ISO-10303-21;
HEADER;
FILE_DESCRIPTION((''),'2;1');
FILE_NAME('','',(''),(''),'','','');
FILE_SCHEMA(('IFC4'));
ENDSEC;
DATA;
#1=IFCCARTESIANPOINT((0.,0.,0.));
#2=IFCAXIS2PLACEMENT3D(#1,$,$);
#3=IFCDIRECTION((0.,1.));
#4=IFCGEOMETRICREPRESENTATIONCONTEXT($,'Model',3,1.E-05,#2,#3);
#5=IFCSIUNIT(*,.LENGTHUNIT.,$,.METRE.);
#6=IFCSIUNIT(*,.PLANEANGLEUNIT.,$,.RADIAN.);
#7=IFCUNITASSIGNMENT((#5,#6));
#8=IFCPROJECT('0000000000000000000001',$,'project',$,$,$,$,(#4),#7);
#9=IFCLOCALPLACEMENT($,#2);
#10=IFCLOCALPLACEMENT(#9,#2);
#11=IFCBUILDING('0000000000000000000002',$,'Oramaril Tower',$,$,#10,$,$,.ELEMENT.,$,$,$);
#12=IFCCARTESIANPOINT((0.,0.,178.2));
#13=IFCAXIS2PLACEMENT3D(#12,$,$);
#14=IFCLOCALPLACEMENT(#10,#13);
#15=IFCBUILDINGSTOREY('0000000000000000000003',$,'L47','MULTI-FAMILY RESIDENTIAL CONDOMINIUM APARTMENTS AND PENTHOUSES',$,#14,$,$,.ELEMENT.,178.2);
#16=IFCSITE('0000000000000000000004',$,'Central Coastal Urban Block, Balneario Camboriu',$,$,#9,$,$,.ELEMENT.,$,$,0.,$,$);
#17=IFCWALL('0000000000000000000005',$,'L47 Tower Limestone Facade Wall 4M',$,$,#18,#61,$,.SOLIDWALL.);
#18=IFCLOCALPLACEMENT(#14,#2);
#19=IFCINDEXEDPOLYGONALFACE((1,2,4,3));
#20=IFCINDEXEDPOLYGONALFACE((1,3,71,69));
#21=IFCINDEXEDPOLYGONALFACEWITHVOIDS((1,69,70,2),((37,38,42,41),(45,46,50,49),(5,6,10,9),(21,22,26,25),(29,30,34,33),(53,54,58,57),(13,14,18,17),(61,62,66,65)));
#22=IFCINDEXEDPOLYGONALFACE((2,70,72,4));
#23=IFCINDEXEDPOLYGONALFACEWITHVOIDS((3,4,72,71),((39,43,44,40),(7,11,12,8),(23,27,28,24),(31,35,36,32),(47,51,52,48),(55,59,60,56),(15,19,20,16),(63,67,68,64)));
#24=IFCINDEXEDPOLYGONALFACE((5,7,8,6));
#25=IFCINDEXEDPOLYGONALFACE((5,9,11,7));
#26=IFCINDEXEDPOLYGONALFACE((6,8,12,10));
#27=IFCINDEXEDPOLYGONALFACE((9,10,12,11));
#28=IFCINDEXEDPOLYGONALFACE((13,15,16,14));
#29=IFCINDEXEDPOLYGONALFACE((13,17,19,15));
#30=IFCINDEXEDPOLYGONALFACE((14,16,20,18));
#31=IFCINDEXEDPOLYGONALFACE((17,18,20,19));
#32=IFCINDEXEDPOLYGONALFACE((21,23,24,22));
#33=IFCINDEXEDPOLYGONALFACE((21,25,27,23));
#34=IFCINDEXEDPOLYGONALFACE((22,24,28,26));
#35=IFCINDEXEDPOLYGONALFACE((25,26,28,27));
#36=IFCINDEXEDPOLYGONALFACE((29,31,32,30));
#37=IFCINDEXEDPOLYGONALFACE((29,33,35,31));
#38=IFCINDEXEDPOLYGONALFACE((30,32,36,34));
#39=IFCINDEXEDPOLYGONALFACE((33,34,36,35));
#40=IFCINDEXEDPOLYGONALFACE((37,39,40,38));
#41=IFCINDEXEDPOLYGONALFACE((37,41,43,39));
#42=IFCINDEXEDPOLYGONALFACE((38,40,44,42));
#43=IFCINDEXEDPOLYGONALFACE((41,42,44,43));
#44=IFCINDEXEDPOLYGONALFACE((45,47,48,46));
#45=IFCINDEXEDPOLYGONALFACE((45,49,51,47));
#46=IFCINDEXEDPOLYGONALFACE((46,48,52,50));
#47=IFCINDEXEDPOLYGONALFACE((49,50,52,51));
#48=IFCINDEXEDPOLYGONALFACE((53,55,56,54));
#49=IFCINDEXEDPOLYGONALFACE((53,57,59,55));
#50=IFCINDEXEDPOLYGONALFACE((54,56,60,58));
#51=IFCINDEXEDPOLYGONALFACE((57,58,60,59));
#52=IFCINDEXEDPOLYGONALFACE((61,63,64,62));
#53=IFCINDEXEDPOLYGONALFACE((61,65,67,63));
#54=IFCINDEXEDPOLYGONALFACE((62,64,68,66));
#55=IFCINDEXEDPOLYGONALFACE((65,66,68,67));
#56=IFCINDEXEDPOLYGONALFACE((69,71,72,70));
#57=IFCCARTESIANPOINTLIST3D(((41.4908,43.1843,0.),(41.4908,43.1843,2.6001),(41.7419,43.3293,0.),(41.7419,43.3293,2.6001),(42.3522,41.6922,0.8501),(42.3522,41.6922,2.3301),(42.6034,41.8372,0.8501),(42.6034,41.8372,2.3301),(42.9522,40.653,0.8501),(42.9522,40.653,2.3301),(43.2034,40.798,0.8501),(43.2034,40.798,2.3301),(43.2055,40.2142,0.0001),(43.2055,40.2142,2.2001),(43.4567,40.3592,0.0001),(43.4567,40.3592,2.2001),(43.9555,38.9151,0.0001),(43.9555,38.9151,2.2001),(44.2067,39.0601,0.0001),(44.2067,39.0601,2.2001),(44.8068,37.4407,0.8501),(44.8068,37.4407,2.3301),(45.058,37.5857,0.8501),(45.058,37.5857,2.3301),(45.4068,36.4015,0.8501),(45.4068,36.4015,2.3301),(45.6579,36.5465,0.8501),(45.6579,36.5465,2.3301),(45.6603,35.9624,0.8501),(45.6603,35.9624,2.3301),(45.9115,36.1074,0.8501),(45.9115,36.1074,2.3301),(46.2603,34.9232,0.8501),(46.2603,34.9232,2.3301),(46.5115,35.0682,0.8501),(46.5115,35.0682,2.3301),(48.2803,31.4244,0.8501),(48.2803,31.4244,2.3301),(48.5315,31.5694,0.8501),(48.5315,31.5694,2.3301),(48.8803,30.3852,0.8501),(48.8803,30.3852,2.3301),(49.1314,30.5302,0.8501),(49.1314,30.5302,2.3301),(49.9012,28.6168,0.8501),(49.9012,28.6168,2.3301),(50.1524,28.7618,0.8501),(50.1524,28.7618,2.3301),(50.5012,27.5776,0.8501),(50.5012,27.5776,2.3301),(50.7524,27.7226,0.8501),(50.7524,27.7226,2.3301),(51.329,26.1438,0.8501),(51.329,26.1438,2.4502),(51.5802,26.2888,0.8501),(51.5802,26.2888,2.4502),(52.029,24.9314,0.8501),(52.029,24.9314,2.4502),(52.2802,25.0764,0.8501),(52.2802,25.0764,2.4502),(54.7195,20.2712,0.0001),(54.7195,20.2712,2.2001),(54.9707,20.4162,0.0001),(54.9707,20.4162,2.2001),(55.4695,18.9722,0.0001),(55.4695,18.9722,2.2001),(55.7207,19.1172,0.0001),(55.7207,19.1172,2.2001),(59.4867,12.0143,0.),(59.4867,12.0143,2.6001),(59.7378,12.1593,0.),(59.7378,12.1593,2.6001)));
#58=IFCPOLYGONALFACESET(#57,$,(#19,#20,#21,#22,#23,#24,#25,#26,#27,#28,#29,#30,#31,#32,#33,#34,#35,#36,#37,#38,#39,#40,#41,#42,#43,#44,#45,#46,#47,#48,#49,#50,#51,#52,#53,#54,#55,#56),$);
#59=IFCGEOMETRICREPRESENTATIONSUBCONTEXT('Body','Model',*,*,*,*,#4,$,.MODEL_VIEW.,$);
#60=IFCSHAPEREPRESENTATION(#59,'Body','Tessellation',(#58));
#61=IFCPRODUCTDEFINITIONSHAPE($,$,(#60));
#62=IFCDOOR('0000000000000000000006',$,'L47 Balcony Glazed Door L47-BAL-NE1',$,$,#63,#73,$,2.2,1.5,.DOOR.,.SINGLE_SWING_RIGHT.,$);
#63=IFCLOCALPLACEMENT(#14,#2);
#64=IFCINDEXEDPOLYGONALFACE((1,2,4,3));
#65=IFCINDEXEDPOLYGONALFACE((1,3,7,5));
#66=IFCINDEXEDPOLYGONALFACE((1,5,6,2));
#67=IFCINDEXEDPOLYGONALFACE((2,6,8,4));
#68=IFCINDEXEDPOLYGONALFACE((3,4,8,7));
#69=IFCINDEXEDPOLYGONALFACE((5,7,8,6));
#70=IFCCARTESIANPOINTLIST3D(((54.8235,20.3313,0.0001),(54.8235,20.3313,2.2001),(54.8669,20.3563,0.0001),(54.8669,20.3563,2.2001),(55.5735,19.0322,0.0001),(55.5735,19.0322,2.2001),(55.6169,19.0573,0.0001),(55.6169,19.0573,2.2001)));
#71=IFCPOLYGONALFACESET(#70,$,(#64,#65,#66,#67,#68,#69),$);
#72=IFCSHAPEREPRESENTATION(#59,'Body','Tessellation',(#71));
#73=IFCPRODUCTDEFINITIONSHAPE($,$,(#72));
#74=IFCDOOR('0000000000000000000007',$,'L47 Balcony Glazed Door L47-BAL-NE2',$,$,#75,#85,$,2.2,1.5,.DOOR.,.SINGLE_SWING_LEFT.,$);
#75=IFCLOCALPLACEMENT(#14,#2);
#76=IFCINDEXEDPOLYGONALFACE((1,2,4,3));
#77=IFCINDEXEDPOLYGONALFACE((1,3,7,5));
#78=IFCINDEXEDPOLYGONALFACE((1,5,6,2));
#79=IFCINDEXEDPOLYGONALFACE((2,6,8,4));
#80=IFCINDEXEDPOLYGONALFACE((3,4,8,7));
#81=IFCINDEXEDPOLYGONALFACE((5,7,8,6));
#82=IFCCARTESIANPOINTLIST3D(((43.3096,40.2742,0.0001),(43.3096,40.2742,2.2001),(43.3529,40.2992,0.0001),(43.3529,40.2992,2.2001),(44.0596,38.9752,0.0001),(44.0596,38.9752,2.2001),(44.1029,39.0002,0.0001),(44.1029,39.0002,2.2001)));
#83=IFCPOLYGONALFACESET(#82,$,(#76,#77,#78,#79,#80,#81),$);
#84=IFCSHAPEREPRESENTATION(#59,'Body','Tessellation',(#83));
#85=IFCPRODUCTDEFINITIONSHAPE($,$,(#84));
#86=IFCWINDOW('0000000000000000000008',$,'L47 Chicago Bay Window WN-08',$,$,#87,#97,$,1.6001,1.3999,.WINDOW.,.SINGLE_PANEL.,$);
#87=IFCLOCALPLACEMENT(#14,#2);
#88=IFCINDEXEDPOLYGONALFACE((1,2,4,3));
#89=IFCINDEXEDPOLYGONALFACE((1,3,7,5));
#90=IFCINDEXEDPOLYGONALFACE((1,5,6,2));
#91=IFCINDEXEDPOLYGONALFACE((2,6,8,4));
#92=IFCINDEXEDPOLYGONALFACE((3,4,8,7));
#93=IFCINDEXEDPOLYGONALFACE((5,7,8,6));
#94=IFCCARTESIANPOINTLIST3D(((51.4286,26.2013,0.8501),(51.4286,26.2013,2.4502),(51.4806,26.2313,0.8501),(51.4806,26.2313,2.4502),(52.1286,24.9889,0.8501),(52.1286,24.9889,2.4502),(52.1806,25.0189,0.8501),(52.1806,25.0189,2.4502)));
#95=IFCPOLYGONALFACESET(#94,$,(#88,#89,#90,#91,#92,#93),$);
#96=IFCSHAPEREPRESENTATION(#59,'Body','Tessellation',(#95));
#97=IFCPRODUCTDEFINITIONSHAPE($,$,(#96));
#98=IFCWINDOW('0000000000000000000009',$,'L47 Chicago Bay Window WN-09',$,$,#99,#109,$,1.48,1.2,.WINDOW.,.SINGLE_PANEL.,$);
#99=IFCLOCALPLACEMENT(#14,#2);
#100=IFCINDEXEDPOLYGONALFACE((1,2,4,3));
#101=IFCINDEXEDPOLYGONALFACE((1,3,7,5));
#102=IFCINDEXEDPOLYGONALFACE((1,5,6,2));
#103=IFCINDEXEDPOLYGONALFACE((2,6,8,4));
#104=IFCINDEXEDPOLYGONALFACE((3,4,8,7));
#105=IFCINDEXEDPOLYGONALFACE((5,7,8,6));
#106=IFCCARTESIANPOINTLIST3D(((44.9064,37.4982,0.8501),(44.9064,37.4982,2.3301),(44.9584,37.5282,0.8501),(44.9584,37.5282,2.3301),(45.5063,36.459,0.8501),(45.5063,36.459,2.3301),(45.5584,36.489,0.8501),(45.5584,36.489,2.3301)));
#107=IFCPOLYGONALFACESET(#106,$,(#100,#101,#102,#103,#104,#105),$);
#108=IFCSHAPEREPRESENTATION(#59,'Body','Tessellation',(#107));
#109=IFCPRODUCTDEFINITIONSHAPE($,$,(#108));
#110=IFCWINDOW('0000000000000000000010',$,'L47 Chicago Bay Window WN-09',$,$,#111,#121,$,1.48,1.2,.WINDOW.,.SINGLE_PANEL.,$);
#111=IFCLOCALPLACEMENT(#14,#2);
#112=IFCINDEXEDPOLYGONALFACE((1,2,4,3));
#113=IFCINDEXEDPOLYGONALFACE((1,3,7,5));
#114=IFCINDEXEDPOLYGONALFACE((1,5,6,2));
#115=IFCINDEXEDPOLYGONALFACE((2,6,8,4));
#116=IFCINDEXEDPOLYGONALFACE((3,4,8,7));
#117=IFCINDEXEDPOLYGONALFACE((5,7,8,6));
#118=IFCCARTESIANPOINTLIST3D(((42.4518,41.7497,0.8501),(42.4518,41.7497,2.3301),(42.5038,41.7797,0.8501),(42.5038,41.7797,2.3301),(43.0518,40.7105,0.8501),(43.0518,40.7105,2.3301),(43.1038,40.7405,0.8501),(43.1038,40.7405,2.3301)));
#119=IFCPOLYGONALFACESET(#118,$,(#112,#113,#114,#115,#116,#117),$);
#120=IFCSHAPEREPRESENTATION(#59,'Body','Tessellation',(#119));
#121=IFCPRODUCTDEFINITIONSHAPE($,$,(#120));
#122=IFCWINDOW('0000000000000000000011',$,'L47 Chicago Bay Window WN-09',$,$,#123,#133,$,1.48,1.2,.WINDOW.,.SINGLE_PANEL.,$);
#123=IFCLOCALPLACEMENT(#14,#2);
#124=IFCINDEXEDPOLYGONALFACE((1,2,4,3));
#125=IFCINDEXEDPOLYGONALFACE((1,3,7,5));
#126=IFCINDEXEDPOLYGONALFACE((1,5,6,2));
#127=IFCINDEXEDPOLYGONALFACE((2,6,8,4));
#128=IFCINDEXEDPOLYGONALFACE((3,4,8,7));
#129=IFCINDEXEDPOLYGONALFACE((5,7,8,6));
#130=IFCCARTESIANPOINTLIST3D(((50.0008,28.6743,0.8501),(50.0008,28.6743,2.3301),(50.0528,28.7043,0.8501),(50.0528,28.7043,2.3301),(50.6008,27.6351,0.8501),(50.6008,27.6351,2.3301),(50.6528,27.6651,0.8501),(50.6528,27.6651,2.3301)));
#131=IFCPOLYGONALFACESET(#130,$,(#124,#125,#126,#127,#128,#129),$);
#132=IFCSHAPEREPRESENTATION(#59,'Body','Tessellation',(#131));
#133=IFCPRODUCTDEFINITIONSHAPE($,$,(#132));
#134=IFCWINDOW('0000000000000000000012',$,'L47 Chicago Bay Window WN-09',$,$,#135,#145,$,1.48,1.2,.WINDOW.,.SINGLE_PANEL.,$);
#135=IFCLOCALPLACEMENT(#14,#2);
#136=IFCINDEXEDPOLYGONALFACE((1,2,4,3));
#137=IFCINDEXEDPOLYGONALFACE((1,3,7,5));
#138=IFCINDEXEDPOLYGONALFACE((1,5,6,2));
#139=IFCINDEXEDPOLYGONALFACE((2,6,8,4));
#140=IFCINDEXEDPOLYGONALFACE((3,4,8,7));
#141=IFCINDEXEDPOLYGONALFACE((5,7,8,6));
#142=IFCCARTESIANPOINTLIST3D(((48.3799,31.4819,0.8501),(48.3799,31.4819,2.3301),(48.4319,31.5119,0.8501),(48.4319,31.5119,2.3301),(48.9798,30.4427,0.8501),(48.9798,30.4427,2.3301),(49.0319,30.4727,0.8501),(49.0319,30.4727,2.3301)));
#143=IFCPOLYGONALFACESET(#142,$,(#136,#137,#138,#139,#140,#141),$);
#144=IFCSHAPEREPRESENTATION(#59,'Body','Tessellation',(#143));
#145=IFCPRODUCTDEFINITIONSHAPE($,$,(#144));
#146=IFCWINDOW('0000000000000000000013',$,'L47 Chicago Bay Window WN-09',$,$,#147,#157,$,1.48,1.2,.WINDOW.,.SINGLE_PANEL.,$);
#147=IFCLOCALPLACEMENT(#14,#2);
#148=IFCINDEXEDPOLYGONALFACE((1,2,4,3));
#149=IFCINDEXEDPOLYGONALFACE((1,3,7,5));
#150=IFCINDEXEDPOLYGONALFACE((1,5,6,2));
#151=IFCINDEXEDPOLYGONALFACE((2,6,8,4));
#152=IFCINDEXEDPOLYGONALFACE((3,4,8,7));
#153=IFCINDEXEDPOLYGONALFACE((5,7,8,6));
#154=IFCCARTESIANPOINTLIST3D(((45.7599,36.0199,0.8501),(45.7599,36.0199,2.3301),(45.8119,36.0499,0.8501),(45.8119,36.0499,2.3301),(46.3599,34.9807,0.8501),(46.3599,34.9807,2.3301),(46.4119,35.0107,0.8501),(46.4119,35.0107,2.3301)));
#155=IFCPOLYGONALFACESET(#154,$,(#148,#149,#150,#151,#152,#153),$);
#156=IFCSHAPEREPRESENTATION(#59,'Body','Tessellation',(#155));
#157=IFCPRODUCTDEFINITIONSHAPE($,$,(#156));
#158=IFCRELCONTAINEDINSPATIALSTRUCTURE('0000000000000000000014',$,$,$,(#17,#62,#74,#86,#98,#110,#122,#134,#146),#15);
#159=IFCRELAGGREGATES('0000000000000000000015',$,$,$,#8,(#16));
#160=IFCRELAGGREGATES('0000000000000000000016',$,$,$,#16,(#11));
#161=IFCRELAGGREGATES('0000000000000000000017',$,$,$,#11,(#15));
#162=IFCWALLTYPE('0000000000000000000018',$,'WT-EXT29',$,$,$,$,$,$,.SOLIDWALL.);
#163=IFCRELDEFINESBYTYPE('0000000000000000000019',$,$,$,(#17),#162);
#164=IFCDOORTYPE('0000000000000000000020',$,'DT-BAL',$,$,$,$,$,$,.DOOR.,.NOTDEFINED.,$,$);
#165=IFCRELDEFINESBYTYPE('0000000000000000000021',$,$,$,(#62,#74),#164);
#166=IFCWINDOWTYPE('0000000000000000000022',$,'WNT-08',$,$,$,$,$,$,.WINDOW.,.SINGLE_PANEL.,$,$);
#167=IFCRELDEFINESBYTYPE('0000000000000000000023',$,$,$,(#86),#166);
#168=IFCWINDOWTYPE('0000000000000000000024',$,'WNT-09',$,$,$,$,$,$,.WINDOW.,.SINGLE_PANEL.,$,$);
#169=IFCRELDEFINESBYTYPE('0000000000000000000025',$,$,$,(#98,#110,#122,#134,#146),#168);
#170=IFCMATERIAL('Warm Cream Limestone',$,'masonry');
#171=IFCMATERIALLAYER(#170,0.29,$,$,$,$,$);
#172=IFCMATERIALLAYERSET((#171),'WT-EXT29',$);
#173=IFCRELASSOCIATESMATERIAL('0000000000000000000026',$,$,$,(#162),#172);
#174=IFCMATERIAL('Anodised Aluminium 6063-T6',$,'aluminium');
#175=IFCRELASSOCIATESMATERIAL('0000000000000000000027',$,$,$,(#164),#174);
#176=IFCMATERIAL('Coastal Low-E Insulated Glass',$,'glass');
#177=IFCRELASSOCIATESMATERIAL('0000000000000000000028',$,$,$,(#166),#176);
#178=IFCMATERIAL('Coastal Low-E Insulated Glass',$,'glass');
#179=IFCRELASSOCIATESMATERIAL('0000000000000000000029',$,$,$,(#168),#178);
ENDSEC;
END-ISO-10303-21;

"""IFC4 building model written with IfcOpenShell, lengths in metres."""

from ifc_helpers import new_model, si_unit, direction, frame, frame_2d, origin, place, context, subcontext, project, spatial, rectangle, extrude, material, layer, layer_set, type_object, element, fill, save


model = new_model("IFC4")

# Units and contexts
model_context = context("Model", 3, precision=1e-05, world=origin(), true_north=direction((0.0, 1.0)))
body_context = subcontext(model_context, "Body", "Model", "MODEL_VIEW")
ifc_project = project(units=[si_unit("LENGTHUNIT", "METRE"), si_unit("PLANEANGLEUNIT", "RADIAN")], contexts=[model_context])

# Site, building, storey
site_placement = place(None, origin())
site = spatial("IfcSite", under=ifc_project, at=site_placement, Name="Central Coastal Urban Block, Balneario Camboriu", CompositionType="ELEMENT", RefElevation=0.0)
building_placement = place(site_placement, origin())
building = spatial("IfcBuilding", under=site, at=building_placement, Name="Oramaril Tower", CompositionType="ELEMENT")
storey_placement = place(building_placement, frame((0.0, 0.0, 178.2)))
storey = spatial("IfcBuildingStorey", under=building, at=storey_placement, Name="L47", Description="MULTI-FAMILY RESIDENTIAL CONDOMINIUM APARTMENTS AND PENTHOUSES", CompositionType="ELEMENT", Elevation=178.2)

# Wall, openings, doors, windows
ifc_material_1 = material(Name="Warm Cream Limestone", Category="masonry")
ifc_layer_1 = layer(ifc_material_1, 0.29)
ifc_layer_set_1 = layer_set([ifc_layer_1], Name="WT-EXT29")
wall_type_1 = type_object("IfcWallType", Name="WT-EXT29", PredefinedType="SOLIDWALL", material=ifc_layer_set_1)
wall_1_placement = place(storey_placement, frame((59.6123, 12.0867, 0.0), z_axis=(0.0, 0.0, 1.0), x_axis=(-0.499998, 0.866027, 0.0)))
wall_1 = element("IfcWall", 1, at=wall_1_placement, inside=storey, type_object=wall_type_1, Name="L47 Tower Limestone Facade Wall 4M", PredefinedType="SOLIDWALL", context=body_context, shape_type="SweptSolid", body=[
    extrude(rectangle(XDim=35.9919, YDim=0.29, at=frame_2d((17.9961, 0.0))), origin(), (0.0, 0.0, 1.0), 2.6001),
])
opening_1_placement = place(wall_1_placement, frame((8.0344, 0.0, 0.0)))
opening_1 = element("IfcOpeningElement", 2, at=opening_1_placement, cuts=wall_1, PredefinedType="OPENING", context=body_context, shape_type="SweptSolid", body=[
    extrude(rectangle(XDim=1.5, YDim=2.2, at=frame_2d((0.75, 1.1001))), frame((0.0, 0.145, 0.0), z_axis=(0.0, -1.0, 0.0), x_axis=(1.0, 0.0, 0.0)), (0.0, 0.0, 1.0), 0.29),
])
opening_2_placement = place(wall_1_placement, frame((31.0625, 0.0, 0.0)))
opening_2 = element("IfcOpeningElement", 3, at=opening_2_placement, cuts=wall_1, PredefinedType="OPENING", context=body_context, shape_type="SweptSolid", body=[
    extrude(rectangle(XDim=1.5, YDim=2.2, at=frame_2d((0.75, 1.1001))), frame((0.0, 0.145, 0.0), z_axis=(0.0, -1.0, 0.0), x_axis=(1.0, 0.0, 0.0)), (0.0, 0.0, 1.0), 0.29),
])
opening_3_placement = place(wall_1_placement, frame((28.1599, 0.0, 0.8501)))
opening_3 = element("IfcOpeningElement", 4, at=opening_3_placement, cuts=wall_1, PredefinedType="OPENING", context=body_context, shape_type="SweptSolid", body=[
    extrude(rectangle(XDim=1.2, YDim=1.48, at=frame_2d((0.6001, 0.74))), frame((0.0, 0.145, 0.0), z_axis=(0.0, -1.0, 0.0), x_axis=(1.0, 0.0, 0.0)), (0.0, 0.0, 1.0), 0.29),
])
opening_4_placement = place(wall_1_placement, frame((33.0691, 0.0, 0.8501)))
opening_4 = element("IfcOpeningElement", 5, at=opening_4_placement, cuts=wall_1, PredefinedType="OPENING", context=body_context, shape_type="SweptSolid", body=[
    extrude(rectangle(XDim=1.2, YDim=1.48, at=frame_2d((0.6001, 0.74))), frame((0.0, 0.145, 0.0), z_axis=(0.0, -1.0, 0.0), x_axis=(1.0, 0.0, 0.0)), (0.0, 0.0, 1.0), 0.29),
])
opening_5_placement = place(wall_1_placement, frame((14.9155, 0.0, 0.8501)))
opening_5 = element("IfcOpeningElement", 6, at=opening_5_placement, cuts=wall_1, PredefinedType="OPENING", context=body_context, shape_type="SweptSolid", body=[
    extrude(rectangle(XDim=1.3999, YDim=1.6001, at=frame_2d((0.7, 0.8))), frame((0.0, 0.145, 0.0), z_axis=(0.0, -1.0, 0.0), x_axis=(1.0, 0.0, 0.0)), (0.0, 0.0, 1.0), 0.29),
])
opening_6_placement = place(wall_1_placement, frame((17.9709, 0.0, 0.8501)))
opening_6 = element("IfcOpeningElement", 7, at=opening_6_placement, cuts=wall_1, PredefinedType="OPENING", context=body_context, shape_type="SweptSolid", body=[
    extrude(rectangle(XDim=1.2, YDim=1.48, at=frame_2d((0.6001, 0.74))), frame((0.0, 0.145, 0.0), z_axis=(0.0, -1.0, 0.0), x_axis=(1.0, 0.0, 0.0)), (0.0, 0.0, 1.0), 0.29),
])
opening_7_placement = place(wall_1_placement, frame((21.2129, 0.0, 0.8501)))
opening_7 = element("IfcOpeningElement", 8, at=opening_7_placement, cuts=wall_1, PredefinedType="OPENING", context=body_context, shape_type="SweptSolid", body=[
    extrude(rectangle(XDim=1.2, YDim=1.48, at=frame_2d((0.6001, 0.74))), frame((0.0, 0.145, 0.0), z_axis=(0.0, -1.0, 0.0), x_axis=(1.0, 0.0, 0.0)), (0.0, 0.0, 1.0), 0.29),
])
opening_8_placement = place(wall_1_placement, frame((26.4529, 0.0, 0.8501)))
opening_8 = element("IfcOpeningElement", 9, at=opening_8_placement, cuts=wall_1, PredefinedType="OPENING", context=body_context, shape_type="SweptSolid", body=[
    extrude(rectangle(XDim=1.2, YDim=1.48, at=frame_2d((0.6001, 0.74))), frame((0.0, 0.145, 0.0), z_axis=(0.0, -1.0, 0.0), x_axis=(1.0, 0.0, 0.0)), (0.0, 0.0, 1.0), 0.29),
])
ifc_material_2 = material(Name="Anodised Aluminium 6063-T6", Category="aluminium")
door_type_1 = type_object("IfcDoorType", Name="DT-BAL", OperationType="NOTDEFINED", PredefinedType="DOOR", material=ifc_material_2)
door_1_placement = place(opening_1_placement, origin())
door_1 = element("IfcDoor", 10, at=door_1_placement, inside=storey, type_object=door_type_1, Name="L47 Balcony Glazed Door L47-BAL-NE1", OperationType="SINGLE_SWING_RIGHT", OverallHeight=2.2, OverallWidth=1.5, PredefinedType="DOOR", context=body_context, shape_type="SweptSolid", body=[
    extrude(rectangle(XDim=1.5, YDim=2.2, at=frame_2d((0.75, 1.1001))), frame((0.0, 0.0249, 0.0), z_axis=(0.0, -1.0, 0.0), x_axis=(1.0, 0.0, 0.0)), (0.0, 0.0, 1.0), 0.05),
])
fill(opening_1, door_1)
door_2_placement = place(opening_2_placement, origin())
door_2 = element("IfcDoor", 11, at=door_2_placement, inside=storey, type_object=door_type_1, Name="L47 Balcony Glazed Door L47-BAL-NE2", OperationType="SINGLE_SWING_LEFT", OverallHeight=2.2, OverallWidth=1.5, PredefinedType="DOOR", context=body_context, shape_type="SweptSolid", body=[
    extrude(rectangle(XDim=1.5, YDim=2.2, at=frame_2d((0.75, 1.1001))), frame((0.0, 0.0249, 0.0), z_axis=(0.0, -1.0, 0.0), x_axis=(1.0, 0.0, 0.0)), (0.0, 0.0, 1.0), 0.05),
])
fill(opening_2, door_2)
ifc_material_3 = material(Name="Coastal Low-E Insulated Glass", Category="glass")
window_type_1 = type_object("IfcWindowType", Name="WNT-08", PartitioningType="SINGLE_PANEL", PredefinedType="WINDOW", material=ifc_material_3)
window_1_placement = place(opening_5_placement, origin())
window_1 = element("IfcWindow", 12, at=window_1_placement, inside=storey, type_object=window_type_1, Name="L47 Chicago Bay Window WN-08", OverallHeight=1.6001, OverallWidth=1.3999, PartitioningType="SINGLE_PANEL", PredefinedType="WINDOW", context=body_context, shape_type="SweptSolid", body=[
    extrude(rectangle(XDim=1.3999, YDim=1.6001, at=frame_2d((0.7, 0.8))), frame((0.0, 0.03, 0.0), z_axis=(0.0, -1.0, 0.0), x_axis=(1.0, 0.0, 0.0)), (0.0, 0.0, 1.0), 0.0601),
])
fill(opening_5, window_1)
ifc_material_4 = material(Name="Coastal Low-E Insulated Glass", Category="glass")
window_type_2 = type_object("IfcWindowType", Name="WNT-09", PartitioningType="SINGLE_PANEL", PredefinedType="WINDOW", material=ifc_material_4)
window_2_placement = place(opening_3_placement, origin())
window_2 = element("IfcWindow", 13, at=window_2_placement, inside=storey, type_object=window_type_2, Name="L47 Chicago Bay Window WN-09", OverallHeight=1.48, OverallWidth=1.2, PartitioningType="SINGLE_PANEL", PredefinedType="WINDOW", context=body_context, shape_type="SweptSolid", body=[
    extrude(rectangle(XDim=1.2, YDim=1.48, at=frame_2d((0.6001, 0.74))), frame((0.0, 0.03, 0.0), z_axis=(0.0, -1.0, 0.0), x_axis=(1.0, 0.0, 0.0)), (0.0, 0.0, 1.0), 0.0601),
])
fill(opening_3, window_2)
window_3_placement = place(opening_4_placement, origin())
window_3 = element("IfcWindow", 14, at=window_3_placement, inside=storey, type_object=window_type_2, Name="L47 Chicago Bay Window WN-09", OverallHeight=1.48, OverallWidth=1.2, PartitioningType="SINGLE_PANEL", PredefinedType="WINDOW", context=body_context, shape_type="SweptSolid", body=[
    extrude(rectangle(XDim=1.2, YDim=1.48, at=frame_2d((0.6001, 0.74))), frame((0.0, 0.03, 0.0), z_axis=(0.0, -1.0, 0.0), x_axis=(1.0, 0.0, 0.0)), (0.0, 0.0, 1.0), 0.0601),
])
fill(opening_4, window_3)
window_4_placement = place(opening_6_placement, origin())
window_4 = element("IfcWindow", 15, at=window_4_placement, inside=storey, type_object=window_type_2, Name="L47 Chicago Bay Window WN-09", OverallHeight=1.48, OverallWidth=1.2, PartitioningType="SINGLE_PANEL", PredefinedType="WINDOW", context=body_context, shape_type="SweptSolid", body=[
    extrude(rectangle(XDim=1.2, YDim=1.48, at=frame_2d((0.6001, 0.74))), frame((0.0, 0.03, 0.0), z_axis=(0.0, -1.0, 0.0), x_axis=(1.0, 0.0, 0.0)), (0.0, 0.0, 1.0), 0.0601),
])
fill(opening_6, window_4)
window_5_placement = place(opening_7_placement, origin())
window_5 = element("IfcWindow", 16, at=window_5_placement, inside=storey, type_object=window_type_2, Name="L47 Chicago Bay Window WN-09", OverallHeight=1.48, OverallWidth=1.2, PartitioningType="SINGLE_PANEL", PredefinedType="WINDOW", context=body_context, shape_type="SweptSolid", body=[
    extrude(rectangle(XDim=1.2, YDim=1.48, at=frame_2d((0.6001, 0.74))), frame((0.0, 0.03, 0.0), z_axis=(0.0, -1.0, 0.0), x_axis=(1.0, 0.0, 0.0)), (0.0, 0.0, 1.0), 0.0601),
])
fill(opening_7, window_5)
window_6_placement = place(opening_8_placement, origin())
window_6 = element("IfcWindow", 17, at=window_6_placement, inside=storey, type_object=window_type_2, Name="L47 Chicago Bay Window WN-09", OverallHeight=1.48, OverallWidth=1.2, PartitioningType="SINGLE_PANEL", PredefinedType="WINDOW", context=body_context, shape_type="SweptSolid", body=[
    extrude(rectangle(XDim=1.2, YDim=1.48, at=frame_2d((0.6001, 0.74))), frame((0.0, 0.03, 0.0), z_axis=(0.0, -1.0, 0.0), x_axis=(1.0, 0.0, 0.0)), (0.0, 0.0, 1.0), 0.0601),
])
fill(opening_8, window_6)

save(model, "model.ifc")
